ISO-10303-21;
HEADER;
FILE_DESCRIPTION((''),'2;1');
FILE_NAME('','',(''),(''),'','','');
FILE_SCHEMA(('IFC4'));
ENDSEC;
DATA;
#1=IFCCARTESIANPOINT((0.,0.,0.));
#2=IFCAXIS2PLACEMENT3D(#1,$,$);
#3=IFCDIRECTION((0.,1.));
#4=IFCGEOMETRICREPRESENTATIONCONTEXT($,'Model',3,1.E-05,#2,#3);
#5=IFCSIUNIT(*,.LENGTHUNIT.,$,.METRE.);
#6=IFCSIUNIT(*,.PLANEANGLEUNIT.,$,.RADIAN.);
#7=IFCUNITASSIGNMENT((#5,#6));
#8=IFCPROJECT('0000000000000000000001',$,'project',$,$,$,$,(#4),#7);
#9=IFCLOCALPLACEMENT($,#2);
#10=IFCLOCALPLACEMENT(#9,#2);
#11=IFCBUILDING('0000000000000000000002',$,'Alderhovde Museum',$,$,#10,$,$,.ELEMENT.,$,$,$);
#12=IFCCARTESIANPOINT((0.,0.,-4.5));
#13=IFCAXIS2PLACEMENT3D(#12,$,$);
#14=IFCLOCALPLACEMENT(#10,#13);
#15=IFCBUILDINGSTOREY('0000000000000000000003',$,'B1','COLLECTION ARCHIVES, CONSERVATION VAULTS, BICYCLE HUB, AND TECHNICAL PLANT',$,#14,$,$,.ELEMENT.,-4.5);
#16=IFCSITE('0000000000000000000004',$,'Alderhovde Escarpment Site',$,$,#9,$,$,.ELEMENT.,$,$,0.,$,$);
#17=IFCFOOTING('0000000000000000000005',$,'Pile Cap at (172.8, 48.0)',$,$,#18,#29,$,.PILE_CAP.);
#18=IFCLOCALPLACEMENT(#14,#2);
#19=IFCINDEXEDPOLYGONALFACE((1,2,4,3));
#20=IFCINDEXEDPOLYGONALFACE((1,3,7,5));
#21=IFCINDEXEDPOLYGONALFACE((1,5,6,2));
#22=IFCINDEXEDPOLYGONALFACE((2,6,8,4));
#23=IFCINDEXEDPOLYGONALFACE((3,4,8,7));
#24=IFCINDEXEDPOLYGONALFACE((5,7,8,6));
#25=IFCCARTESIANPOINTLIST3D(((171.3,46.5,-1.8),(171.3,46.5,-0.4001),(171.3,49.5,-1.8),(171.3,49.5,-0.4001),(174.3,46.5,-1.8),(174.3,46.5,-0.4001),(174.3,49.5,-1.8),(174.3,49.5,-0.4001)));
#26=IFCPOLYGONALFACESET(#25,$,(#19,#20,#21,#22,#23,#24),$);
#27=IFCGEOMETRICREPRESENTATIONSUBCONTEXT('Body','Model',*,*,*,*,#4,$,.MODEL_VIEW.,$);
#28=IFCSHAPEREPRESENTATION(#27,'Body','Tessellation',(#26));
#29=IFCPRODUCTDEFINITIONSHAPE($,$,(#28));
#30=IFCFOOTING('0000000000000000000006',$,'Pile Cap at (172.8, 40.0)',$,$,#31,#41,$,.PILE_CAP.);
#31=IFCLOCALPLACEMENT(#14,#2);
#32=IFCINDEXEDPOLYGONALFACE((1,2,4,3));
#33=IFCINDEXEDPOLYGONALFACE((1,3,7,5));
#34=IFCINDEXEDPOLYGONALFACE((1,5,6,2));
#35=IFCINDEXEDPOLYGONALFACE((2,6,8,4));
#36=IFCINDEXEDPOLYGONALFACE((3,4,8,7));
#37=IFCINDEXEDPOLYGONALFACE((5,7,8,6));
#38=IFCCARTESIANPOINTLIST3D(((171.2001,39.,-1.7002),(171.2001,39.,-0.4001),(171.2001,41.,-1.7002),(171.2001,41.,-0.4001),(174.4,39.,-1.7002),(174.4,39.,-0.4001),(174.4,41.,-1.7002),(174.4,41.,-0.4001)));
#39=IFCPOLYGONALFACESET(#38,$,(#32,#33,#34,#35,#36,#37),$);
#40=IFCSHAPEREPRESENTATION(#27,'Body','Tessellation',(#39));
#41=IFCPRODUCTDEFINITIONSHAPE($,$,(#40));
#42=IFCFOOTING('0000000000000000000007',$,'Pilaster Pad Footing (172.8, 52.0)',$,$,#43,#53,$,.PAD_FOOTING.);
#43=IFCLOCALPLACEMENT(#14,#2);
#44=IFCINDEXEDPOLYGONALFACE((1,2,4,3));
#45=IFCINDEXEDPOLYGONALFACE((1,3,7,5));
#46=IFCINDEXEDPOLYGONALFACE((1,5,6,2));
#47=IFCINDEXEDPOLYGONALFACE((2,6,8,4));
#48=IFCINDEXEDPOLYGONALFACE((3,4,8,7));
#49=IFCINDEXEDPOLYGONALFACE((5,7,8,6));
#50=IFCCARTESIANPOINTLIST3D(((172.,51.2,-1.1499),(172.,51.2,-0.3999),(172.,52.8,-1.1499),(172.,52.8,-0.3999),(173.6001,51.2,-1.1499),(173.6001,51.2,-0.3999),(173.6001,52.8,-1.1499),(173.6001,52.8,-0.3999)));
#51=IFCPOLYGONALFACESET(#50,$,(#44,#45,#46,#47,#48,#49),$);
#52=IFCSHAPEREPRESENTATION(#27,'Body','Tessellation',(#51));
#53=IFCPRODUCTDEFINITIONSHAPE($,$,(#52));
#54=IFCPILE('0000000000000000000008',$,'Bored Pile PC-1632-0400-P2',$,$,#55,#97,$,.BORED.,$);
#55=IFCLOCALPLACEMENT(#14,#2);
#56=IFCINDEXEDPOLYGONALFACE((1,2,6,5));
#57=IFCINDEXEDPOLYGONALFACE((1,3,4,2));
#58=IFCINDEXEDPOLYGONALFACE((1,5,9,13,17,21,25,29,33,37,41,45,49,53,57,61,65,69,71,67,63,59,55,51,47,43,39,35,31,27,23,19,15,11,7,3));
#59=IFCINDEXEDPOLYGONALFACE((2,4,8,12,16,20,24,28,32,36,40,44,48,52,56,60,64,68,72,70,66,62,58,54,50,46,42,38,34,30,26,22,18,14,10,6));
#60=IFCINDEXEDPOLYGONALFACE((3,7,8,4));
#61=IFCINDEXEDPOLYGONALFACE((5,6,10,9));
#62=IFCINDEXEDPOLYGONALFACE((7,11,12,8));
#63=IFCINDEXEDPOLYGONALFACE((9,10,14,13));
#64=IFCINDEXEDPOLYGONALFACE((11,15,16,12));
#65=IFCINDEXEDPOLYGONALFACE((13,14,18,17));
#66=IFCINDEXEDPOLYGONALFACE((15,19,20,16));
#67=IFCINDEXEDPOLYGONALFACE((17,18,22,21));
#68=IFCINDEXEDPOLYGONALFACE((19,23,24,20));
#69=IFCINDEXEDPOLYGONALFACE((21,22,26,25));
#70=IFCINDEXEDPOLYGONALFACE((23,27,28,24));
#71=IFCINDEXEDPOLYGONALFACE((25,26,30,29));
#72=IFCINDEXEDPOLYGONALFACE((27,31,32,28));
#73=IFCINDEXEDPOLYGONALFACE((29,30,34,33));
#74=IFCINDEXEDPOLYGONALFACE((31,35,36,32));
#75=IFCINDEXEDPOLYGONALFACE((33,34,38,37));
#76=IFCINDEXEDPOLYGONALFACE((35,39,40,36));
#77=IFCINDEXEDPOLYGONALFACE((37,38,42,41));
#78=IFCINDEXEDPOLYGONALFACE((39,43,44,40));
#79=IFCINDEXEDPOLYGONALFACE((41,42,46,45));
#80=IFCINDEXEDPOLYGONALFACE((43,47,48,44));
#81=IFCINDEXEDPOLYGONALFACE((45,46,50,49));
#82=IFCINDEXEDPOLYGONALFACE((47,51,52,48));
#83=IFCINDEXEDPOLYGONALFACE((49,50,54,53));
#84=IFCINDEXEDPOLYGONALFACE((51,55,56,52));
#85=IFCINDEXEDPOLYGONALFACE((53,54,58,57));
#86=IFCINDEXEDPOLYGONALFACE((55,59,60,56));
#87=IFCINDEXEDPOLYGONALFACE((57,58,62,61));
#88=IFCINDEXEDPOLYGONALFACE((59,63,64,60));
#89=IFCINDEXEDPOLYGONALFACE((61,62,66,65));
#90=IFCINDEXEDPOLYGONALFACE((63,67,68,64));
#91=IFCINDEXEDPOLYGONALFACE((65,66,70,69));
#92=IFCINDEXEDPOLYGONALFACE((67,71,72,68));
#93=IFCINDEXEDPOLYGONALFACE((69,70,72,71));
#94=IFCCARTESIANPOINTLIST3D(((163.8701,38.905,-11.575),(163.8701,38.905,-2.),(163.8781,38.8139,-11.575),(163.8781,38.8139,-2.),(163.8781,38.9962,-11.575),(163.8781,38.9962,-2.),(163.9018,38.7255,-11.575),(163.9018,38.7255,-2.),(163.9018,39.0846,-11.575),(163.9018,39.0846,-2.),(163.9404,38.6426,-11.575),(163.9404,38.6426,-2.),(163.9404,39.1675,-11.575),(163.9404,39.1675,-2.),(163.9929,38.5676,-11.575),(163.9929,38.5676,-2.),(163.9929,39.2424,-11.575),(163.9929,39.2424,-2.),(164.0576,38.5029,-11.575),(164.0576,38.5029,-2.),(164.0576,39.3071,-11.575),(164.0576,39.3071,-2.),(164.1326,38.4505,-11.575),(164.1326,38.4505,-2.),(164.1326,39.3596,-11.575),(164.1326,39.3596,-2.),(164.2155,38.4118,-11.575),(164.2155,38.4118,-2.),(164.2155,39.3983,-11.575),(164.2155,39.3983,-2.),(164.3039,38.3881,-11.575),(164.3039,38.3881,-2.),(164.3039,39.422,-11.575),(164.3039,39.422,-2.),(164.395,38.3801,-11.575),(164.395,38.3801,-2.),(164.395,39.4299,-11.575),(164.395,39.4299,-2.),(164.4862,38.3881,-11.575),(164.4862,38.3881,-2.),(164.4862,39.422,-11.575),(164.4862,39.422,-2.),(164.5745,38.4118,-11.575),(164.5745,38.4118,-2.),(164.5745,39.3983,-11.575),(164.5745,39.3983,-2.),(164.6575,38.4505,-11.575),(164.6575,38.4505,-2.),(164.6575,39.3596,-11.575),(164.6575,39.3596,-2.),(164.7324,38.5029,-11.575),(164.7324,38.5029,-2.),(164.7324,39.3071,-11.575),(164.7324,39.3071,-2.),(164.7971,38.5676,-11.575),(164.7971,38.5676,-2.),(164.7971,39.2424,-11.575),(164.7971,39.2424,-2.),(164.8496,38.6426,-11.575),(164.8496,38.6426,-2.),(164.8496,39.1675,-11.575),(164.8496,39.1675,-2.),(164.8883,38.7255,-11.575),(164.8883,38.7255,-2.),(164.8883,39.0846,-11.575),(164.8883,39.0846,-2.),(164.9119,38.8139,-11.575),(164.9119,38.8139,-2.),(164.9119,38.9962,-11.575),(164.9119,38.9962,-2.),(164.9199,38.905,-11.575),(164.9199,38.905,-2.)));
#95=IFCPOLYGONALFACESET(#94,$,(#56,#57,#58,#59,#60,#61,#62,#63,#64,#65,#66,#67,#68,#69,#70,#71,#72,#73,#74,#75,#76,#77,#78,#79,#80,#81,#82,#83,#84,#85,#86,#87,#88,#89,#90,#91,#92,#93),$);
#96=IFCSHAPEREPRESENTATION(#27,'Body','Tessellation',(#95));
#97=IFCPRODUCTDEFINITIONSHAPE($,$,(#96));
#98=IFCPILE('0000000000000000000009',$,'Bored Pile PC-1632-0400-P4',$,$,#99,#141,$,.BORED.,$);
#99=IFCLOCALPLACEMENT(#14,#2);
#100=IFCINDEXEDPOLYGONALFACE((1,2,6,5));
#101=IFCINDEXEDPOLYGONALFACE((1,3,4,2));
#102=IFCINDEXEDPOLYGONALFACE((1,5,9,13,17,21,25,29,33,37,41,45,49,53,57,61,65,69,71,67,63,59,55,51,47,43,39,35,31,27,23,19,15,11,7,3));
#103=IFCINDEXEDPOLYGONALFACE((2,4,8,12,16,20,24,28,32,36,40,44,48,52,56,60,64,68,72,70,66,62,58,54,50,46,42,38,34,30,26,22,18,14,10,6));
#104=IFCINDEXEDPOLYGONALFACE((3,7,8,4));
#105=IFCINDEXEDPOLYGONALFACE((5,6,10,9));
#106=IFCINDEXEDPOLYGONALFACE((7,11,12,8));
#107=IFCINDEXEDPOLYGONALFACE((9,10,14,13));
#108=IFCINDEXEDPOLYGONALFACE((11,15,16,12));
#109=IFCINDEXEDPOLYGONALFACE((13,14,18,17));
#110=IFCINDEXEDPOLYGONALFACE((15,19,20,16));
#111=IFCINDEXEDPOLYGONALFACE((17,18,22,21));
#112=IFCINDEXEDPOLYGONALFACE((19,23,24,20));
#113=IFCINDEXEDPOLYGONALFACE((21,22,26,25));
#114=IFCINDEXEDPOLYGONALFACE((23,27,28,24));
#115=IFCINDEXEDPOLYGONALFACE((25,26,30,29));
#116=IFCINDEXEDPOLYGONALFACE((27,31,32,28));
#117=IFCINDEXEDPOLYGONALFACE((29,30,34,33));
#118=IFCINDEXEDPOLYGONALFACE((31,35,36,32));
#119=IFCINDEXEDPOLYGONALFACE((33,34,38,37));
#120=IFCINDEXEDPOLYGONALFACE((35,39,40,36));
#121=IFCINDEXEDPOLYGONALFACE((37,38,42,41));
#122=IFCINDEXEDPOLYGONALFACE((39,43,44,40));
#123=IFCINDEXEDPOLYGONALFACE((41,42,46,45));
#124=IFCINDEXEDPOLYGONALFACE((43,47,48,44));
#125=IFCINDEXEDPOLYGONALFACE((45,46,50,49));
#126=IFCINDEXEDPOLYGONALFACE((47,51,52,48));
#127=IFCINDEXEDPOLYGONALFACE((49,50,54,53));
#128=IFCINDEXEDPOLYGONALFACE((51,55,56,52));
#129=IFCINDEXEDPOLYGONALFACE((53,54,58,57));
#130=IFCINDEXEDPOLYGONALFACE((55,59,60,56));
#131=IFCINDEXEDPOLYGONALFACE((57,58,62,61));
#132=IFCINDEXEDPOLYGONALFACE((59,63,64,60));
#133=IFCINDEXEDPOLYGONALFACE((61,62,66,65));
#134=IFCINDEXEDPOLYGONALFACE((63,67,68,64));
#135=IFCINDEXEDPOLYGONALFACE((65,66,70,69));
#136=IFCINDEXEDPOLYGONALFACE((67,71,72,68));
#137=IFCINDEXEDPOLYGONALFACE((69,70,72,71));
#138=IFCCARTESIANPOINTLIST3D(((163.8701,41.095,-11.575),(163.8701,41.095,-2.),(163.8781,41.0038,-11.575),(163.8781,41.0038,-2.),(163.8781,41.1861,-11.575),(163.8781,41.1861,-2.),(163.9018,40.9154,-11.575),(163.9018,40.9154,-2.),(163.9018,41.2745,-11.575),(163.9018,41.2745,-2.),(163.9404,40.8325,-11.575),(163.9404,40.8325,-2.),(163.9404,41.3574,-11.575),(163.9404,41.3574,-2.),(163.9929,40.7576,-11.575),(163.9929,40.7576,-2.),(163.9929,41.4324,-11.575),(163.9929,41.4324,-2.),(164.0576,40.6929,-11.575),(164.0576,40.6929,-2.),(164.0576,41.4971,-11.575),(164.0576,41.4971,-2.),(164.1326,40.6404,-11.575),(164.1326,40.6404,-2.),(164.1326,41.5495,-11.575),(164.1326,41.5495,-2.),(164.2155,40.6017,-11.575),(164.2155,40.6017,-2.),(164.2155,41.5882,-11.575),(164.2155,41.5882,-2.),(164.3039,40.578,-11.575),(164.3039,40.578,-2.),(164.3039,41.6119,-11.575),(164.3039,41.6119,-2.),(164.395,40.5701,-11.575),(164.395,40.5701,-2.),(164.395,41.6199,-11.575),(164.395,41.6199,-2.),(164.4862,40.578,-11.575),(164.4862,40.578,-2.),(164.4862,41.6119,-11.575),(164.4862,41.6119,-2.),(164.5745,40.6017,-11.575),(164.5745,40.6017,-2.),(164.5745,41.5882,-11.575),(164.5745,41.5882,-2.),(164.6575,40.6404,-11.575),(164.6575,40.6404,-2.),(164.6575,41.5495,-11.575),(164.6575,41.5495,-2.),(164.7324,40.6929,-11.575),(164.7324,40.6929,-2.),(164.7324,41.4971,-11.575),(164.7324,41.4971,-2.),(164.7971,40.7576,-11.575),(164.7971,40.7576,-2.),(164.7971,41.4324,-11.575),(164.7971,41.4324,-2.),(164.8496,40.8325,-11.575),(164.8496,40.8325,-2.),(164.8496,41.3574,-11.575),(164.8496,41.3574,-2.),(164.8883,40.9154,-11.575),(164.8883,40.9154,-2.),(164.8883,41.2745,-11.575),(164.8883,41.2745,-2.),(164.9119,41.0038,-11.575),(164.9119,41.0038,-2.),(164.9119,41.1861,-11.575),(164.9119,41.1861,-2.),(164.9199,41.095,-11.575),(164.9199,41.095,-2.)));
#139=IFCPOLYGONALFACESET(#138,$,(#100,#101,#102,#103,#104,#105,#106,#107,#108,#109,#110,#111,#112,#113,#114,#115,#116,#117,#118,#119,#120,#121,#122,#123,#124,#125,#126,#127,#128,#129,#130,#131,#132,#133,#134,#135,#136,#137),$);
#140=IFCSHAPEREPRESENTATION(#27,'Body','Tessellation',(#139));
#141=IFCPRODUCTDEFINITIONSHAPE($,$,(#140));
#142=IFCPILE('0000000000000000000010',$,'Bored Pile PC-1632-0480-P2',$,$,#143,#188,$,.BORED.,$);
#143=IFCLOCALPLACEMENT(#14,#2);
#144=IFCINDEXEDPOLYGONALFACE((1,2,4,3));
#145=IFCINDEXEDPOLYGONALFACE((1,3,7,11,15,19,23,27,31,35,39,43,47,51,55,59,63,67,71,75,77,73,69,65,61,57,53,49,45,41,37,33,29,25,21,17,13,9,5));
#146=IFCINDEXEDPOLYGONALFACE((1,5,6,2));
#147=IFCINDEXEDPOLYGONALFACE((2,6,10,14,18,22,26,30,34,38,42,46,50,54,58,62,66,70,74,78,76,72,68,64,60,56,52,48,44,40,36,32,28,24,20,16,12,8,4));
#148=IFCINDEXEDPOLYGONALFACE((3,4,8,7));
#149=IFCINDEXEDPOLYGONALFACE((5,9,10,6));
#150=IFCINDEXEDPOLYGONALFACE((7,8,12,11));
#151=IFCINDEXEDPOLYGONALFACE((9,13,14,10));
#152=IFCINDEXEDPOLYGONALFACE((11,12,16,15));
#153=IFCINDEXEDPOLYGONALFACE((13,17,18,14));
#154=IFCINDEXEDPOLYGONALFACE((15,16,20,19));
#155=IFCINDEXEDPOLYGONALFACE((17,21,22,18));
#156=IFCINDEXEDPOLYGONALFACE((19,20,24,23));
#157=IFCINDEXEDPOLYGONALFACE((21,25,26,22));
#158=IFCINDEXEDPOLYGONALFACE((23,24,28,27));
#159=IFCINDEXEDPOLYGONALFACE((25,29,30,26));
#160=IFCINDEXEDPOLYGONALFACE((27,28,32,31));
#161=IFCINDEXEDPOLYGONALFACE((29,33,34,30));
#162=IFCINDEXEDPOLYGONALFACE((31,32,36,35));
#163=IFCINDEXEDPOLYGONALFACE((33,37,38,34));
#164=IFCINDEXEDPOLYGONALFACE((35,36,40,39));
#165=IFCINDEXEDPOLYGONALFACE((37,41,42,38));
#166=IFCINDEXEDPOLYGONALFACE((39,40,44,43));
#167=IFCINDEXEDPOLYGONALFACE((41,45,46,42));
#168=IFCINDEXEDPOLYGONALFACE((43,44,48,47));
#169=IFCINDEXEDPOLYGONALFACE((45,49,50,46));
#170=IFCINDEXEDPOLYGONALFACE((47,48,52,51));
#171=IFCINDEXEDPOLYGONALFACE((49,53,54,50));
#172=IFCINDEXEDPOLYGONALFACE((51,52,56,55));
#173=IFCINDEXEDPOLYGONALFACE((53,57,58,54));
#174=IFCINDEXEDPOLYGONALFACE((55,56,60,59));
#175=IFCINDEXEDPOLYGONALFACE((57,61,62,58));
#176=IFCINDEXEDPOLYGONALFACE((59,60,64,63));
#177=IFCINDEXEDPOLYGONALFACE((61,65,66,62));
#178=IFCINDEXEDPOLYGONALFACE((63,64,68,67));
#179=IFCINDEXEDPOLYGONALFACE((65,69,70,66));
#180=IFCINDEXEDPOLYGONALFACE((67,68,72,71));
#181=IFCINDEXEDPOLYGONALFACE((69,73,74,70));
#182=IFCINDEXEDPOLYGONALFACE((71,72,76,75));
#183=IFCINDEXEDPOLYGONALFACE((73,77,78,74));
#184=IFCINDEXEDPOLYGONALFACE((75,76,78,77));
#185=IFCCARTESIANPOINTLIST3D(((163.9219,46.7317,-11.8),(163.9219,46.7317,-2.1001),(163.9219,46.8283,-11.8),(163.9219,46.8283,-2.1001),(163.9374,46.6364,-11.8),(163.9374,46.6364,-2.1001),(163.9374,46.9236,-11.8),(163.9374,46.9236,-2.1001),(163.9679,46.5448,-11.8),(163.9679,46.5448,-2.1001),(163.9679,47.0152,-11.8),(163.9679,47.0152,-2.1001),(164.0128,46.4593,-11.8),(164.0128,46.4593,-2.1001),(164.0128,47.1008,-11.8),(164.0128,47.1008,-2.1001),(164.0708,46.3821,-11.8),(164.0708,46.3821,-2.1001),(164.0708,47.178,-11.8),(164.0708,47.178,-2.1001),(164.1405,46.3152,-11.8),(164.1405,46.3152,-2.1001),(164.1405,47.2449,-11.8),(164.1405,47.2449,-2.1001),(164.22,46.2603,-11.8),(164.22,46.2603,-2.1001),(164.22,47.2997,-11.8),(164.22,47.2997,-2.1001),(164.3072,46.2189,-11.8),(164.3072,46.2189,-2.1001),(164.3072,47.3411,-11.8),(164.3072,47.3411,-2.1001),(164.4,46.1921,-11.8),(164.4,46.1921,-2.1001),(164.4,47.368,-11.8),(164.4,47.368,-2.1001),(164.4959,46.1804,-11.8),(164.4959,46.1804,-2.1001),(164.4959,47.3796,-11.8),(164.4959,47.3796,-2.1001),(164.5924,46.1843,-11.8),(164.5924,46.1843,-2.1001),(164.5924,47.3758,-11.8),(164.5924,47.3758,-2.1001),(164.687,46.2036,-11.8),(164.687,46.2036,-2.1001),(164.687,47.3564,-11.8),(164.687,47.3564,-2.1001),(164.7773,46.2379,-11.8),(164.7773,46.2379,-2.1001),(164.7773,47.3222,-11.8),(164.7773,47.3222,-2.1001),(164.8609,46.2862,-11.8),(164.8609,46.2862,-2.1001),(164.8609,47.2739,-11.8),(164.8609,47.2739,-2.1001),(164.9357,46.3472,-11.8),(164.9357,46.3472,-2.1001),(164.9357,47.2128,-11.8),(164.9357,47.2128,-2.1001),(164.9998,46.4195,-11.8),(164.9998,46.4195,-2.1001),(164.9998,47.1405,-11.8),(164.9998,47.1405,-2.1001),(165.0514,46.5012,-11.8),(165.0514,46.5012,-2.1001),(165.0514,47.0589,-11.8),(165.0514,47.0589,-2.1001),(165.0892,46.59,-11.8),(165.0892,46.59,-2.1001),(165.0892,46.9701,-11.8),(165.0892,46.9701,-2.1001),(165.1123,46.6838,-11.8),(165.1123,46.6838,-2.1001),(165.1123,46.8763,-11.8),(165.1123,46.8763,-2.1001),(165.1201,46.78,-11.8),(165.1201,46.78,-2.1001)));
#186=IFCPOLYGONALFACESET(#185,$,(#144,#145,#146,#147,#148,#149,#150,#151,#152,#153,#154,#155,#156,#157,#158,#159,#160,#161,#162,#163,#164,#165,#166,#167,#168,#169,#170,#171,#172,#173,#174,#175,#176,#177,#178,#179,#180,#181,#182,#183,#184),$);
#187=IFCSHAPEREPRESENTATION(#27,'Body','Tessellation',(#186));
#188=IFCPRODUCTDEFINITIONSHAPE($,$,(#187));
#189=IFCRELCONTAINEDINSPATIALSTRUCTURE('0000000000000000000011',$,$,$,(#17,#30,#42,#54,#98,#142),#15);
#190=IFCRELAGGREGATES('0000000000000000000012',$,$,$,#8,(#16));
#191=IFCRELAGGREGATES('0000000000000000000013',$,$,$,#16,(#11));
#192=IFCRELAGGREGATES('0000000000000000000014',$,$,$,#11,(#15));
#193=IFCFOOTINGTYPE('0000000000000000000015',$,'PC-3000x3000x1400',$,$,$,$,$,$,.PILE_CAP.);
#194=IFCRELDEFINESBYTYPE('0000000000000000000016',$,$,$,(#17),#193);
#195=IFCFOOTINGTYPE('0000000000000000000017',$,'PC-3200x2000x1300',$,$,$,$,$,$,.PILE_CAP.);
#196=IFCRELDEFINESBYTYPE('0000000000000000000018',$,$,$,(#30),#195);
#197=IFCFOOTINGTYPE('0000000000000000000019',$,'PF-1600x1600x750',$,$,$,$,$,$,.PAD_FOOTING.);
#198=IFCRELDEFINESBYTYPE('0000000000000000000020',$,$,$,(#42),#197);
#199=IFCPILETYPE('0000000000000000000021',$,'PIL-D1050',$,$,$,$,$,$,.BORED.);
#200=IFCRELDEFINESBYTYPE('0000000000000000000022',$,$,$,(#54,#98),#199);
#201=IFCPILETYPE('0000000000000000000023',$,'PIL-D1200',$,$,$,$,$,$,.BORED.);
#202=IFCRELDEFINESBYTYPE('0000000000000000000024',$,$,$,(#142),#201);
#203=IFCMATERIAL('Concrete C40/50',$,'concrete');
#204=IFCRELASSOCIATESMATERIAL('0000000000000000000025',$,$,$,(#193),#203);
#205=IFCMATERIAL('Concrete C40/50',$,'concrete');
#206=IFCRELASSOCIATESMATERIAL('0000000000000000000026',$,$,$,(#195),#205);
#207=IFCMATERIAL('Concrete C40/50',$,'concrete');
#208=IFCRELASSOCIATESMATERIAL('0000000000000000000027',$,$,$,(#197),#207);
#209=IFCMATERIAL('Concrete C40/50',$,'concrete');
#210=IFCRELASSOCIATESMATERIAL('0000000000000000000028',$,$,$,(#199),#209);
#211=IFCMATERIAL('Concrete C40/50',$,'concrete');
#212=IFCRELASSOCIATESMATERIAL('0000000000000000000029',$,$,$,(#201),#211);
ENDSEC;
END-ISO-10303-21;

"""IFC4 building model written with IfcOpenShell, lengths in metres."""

from ifc_helpers import new_model, si_unit, direction, frame, origin, origin_2d, place, context, subcontext, project, spatial, rectangle, circle, extrude, material, material_profile, profile_set, type_object, element, save


model = new_model("IFC4")

# Units and contexts
model_context = context("Model", 3, precision=1e-05, world=origin(), true_north=direction((0.0, 1.0)))
body_context = subcontext(model_context, "Body", "Model", "MODEL_VIEW")
ifc_project = project(units=[si_unit("LENGTHUNIT", "METRE"), si_unit("PLANEANGLEUNIT", "RADIAN")], contexts=[model_context])

# Site, building, storey
site_placement = place(None, origin())
site = spatial("IfcSite", under=ifc_project, at=site_placement, Name="Alderhovde Escarpment Site", CompositionType="ELEMENT", RefElevation=0.0)
building_placement = place(site_placement, origin())
building = spatial("IfcBuilding", under=site, at=building_placement, Name="Alderhovde Museum", CompositionType="ELEMENT")
storey_placement = place(building_placement, frame((0.0, 0.0, -4.5)))
storey = spatial("IfcBuildingStorey", under=building, at=storey_placement, Name="B1", Description="COLLECTION ARCHIVES, CONSERVATION VAULTS, BICYCLE HUB, AND TECHNICAL PLANT", CompositionType="ELEMENT", Elevation=-4.5)

# Footings
ifc_material_1 = material(Name="Concrete C40/50", Category="concrete")
footing_type_1 = type_object("IfcFootingType", Name="PC-3000x3000x1400", PredefinedType="PILE_CAP", material=ifc_material_1)
footing_1_placement = place(storey_placement, frame((172.8, 48.0, -1.8), z_axis=(0.0, 0.0, 1.0), x_axis=(1.0, 0.0, 0.0)))
element("IfcFooting", 1, at=footing_1_placement, inside=storey, type_object=footing_type_1, Name="Pile Cap at (172.8, 48.0)", PredefinedType="PILE_CAP", context=body_context, shape_type="SweptSolid", body=[
    extrude(rectangle(XDim=3.0, YDim=3.0, at=origin_2d()), origin(), (0.0, 0.0, 1.0), 1.3999),
])
ifc_material_2 = material(Name="Concrete C40/50", Category="concrete")
footing_type_2 = type_object("IfcFootingType", Name="PC-3200x2000x1300", PredefinedType="PILE_CAP", material=ifc_material_2)
footing_2_placement = place(storey_placement, frame((172.8, 40.0, -1.7002), z_axis=(0.0, 0.0, 1.0), x_axis=(1.0, 0.0, 0.0)))
element("IfcFooting", 2, at=footing_2_placement, inside=storey, type_object=footing_type_2, Name="Pile Cap at (172.8, 40.0)", PredefinedType="PILE_CAP", context=body_context, shape_type="SweptSolid", body=[
    extrude(rectangle(XDim=3.2, YDim=2.0, at=origin_2d()), origin(), (0.0, 0.0, 1.0), 1.3),
])
ifc_material_3 = material(Name="Concrete C40/50", Category="concrete")
footing_type_3 = type_object("IfcFootingType", Name="PF-1600x1600x750", PredefinedType="PAD_FOOTING", material=ifc_material_3)
footing_3_placement = place(storey_placement, frame((172.8, 52.0, -1.1499), z_axis=(0.0, 0.0, 1.0), x_axis=(1.0, 0.0, 0.0)))
element("IfcFooting", 3, at=footing_3_placement, inside=storey, type_object=footing_type_3, Name="Pilaster Pad Footing (172.8, 52.0)", PredefinedType="PAD_FOOTING", context=body_context, shape_type="SweptSolid", body=[
    extrude(rectangle(XDim=1.6001, YDim=1.6001, at=origin_2d()), origin(), (0.0, 0.0, 1.0), 0.75),
])

# Piles
ifc_material_4 = material(Name="Concrete C40/50", Category="concrete")
ifc_material_profile_1 = material_profile(ifc_material_4, circle(Radius=0.5249, at=origin_2d()), Name="PILE-D1050")
ifc_profile_set_1 = profile_set([ifc_material_profile_1], Name="Concrete C40/50")
pile_type_1 = type_object("IfcPileType", Name="PIL-D1050", PredefinedType="BORED", material=ifc_profile_set_1)
for number, where, z_axis, x_axis, name in (
    (4, (164.395, 38.905, -2.0), (0.0, 0.0, -1.0), (1.0, 0.0, 0.0), "Bored Pile PC-1632-0400-P2"),
    (5, (164.395, 41.095, -2.0), (0.0, 0.0, -1.0), (1.0, 0.0, 0.0), "Bored Pile PC-1632-0400-P4"),
):
    element("IfcPile", number, at=place(storey_placement, frame(where, z_axis=z_axis, x_axis=x_axis)), inside=storey, type_object=pile_type_1, Name=name, PredefinedType="BORED", context=body_context, shape_type="SweptSolid", body=[
        extrude(circle(Radius=0.5249, at=origin_2d()), origin(), (0.0, 0.0, 1.0), 9.575),
    ])
ifc_material_5 = material(Name="Concrete C40/50", Category="concrete")
ifc_material_profile_2 = material_profile(ifc_material_5, circle(Radius=0.6001, at=origin_2d()), Name="PILE-D1200")
ifc_profile_set_2 = profile_set([ifc_material_profile_2], Name="Concrete C40/50")
pile_type_2 = type_object("IfcPileType", Name="PIL-D1200", PredefinedType="BORED", material=ifc_profile_set_2)
for number, where, z_axis, x_axis, name in (
    (6, (164.52, 46.78, -2.1001), (0.0, 0.0, -1.0), (1.0, 0.0, 0.0), "Bored Pile PC-1632-0480-P2"),
):
    element("IfcPile", number, at=place(storey_placement, frame(where, z_axis=z_axis, x_axis=x_axis)), inside=storey, type_object=pile_type_2, Name=name, PredefinedType="BORED", context=body_context, shape_type="SweptSolid", body=[
        extrude(circle(Radius=0.6001, at=origin_2d()), origin(), (0.0, 0.0, 1.0), 9.7),
    ])

save(model, "model.ifc")
